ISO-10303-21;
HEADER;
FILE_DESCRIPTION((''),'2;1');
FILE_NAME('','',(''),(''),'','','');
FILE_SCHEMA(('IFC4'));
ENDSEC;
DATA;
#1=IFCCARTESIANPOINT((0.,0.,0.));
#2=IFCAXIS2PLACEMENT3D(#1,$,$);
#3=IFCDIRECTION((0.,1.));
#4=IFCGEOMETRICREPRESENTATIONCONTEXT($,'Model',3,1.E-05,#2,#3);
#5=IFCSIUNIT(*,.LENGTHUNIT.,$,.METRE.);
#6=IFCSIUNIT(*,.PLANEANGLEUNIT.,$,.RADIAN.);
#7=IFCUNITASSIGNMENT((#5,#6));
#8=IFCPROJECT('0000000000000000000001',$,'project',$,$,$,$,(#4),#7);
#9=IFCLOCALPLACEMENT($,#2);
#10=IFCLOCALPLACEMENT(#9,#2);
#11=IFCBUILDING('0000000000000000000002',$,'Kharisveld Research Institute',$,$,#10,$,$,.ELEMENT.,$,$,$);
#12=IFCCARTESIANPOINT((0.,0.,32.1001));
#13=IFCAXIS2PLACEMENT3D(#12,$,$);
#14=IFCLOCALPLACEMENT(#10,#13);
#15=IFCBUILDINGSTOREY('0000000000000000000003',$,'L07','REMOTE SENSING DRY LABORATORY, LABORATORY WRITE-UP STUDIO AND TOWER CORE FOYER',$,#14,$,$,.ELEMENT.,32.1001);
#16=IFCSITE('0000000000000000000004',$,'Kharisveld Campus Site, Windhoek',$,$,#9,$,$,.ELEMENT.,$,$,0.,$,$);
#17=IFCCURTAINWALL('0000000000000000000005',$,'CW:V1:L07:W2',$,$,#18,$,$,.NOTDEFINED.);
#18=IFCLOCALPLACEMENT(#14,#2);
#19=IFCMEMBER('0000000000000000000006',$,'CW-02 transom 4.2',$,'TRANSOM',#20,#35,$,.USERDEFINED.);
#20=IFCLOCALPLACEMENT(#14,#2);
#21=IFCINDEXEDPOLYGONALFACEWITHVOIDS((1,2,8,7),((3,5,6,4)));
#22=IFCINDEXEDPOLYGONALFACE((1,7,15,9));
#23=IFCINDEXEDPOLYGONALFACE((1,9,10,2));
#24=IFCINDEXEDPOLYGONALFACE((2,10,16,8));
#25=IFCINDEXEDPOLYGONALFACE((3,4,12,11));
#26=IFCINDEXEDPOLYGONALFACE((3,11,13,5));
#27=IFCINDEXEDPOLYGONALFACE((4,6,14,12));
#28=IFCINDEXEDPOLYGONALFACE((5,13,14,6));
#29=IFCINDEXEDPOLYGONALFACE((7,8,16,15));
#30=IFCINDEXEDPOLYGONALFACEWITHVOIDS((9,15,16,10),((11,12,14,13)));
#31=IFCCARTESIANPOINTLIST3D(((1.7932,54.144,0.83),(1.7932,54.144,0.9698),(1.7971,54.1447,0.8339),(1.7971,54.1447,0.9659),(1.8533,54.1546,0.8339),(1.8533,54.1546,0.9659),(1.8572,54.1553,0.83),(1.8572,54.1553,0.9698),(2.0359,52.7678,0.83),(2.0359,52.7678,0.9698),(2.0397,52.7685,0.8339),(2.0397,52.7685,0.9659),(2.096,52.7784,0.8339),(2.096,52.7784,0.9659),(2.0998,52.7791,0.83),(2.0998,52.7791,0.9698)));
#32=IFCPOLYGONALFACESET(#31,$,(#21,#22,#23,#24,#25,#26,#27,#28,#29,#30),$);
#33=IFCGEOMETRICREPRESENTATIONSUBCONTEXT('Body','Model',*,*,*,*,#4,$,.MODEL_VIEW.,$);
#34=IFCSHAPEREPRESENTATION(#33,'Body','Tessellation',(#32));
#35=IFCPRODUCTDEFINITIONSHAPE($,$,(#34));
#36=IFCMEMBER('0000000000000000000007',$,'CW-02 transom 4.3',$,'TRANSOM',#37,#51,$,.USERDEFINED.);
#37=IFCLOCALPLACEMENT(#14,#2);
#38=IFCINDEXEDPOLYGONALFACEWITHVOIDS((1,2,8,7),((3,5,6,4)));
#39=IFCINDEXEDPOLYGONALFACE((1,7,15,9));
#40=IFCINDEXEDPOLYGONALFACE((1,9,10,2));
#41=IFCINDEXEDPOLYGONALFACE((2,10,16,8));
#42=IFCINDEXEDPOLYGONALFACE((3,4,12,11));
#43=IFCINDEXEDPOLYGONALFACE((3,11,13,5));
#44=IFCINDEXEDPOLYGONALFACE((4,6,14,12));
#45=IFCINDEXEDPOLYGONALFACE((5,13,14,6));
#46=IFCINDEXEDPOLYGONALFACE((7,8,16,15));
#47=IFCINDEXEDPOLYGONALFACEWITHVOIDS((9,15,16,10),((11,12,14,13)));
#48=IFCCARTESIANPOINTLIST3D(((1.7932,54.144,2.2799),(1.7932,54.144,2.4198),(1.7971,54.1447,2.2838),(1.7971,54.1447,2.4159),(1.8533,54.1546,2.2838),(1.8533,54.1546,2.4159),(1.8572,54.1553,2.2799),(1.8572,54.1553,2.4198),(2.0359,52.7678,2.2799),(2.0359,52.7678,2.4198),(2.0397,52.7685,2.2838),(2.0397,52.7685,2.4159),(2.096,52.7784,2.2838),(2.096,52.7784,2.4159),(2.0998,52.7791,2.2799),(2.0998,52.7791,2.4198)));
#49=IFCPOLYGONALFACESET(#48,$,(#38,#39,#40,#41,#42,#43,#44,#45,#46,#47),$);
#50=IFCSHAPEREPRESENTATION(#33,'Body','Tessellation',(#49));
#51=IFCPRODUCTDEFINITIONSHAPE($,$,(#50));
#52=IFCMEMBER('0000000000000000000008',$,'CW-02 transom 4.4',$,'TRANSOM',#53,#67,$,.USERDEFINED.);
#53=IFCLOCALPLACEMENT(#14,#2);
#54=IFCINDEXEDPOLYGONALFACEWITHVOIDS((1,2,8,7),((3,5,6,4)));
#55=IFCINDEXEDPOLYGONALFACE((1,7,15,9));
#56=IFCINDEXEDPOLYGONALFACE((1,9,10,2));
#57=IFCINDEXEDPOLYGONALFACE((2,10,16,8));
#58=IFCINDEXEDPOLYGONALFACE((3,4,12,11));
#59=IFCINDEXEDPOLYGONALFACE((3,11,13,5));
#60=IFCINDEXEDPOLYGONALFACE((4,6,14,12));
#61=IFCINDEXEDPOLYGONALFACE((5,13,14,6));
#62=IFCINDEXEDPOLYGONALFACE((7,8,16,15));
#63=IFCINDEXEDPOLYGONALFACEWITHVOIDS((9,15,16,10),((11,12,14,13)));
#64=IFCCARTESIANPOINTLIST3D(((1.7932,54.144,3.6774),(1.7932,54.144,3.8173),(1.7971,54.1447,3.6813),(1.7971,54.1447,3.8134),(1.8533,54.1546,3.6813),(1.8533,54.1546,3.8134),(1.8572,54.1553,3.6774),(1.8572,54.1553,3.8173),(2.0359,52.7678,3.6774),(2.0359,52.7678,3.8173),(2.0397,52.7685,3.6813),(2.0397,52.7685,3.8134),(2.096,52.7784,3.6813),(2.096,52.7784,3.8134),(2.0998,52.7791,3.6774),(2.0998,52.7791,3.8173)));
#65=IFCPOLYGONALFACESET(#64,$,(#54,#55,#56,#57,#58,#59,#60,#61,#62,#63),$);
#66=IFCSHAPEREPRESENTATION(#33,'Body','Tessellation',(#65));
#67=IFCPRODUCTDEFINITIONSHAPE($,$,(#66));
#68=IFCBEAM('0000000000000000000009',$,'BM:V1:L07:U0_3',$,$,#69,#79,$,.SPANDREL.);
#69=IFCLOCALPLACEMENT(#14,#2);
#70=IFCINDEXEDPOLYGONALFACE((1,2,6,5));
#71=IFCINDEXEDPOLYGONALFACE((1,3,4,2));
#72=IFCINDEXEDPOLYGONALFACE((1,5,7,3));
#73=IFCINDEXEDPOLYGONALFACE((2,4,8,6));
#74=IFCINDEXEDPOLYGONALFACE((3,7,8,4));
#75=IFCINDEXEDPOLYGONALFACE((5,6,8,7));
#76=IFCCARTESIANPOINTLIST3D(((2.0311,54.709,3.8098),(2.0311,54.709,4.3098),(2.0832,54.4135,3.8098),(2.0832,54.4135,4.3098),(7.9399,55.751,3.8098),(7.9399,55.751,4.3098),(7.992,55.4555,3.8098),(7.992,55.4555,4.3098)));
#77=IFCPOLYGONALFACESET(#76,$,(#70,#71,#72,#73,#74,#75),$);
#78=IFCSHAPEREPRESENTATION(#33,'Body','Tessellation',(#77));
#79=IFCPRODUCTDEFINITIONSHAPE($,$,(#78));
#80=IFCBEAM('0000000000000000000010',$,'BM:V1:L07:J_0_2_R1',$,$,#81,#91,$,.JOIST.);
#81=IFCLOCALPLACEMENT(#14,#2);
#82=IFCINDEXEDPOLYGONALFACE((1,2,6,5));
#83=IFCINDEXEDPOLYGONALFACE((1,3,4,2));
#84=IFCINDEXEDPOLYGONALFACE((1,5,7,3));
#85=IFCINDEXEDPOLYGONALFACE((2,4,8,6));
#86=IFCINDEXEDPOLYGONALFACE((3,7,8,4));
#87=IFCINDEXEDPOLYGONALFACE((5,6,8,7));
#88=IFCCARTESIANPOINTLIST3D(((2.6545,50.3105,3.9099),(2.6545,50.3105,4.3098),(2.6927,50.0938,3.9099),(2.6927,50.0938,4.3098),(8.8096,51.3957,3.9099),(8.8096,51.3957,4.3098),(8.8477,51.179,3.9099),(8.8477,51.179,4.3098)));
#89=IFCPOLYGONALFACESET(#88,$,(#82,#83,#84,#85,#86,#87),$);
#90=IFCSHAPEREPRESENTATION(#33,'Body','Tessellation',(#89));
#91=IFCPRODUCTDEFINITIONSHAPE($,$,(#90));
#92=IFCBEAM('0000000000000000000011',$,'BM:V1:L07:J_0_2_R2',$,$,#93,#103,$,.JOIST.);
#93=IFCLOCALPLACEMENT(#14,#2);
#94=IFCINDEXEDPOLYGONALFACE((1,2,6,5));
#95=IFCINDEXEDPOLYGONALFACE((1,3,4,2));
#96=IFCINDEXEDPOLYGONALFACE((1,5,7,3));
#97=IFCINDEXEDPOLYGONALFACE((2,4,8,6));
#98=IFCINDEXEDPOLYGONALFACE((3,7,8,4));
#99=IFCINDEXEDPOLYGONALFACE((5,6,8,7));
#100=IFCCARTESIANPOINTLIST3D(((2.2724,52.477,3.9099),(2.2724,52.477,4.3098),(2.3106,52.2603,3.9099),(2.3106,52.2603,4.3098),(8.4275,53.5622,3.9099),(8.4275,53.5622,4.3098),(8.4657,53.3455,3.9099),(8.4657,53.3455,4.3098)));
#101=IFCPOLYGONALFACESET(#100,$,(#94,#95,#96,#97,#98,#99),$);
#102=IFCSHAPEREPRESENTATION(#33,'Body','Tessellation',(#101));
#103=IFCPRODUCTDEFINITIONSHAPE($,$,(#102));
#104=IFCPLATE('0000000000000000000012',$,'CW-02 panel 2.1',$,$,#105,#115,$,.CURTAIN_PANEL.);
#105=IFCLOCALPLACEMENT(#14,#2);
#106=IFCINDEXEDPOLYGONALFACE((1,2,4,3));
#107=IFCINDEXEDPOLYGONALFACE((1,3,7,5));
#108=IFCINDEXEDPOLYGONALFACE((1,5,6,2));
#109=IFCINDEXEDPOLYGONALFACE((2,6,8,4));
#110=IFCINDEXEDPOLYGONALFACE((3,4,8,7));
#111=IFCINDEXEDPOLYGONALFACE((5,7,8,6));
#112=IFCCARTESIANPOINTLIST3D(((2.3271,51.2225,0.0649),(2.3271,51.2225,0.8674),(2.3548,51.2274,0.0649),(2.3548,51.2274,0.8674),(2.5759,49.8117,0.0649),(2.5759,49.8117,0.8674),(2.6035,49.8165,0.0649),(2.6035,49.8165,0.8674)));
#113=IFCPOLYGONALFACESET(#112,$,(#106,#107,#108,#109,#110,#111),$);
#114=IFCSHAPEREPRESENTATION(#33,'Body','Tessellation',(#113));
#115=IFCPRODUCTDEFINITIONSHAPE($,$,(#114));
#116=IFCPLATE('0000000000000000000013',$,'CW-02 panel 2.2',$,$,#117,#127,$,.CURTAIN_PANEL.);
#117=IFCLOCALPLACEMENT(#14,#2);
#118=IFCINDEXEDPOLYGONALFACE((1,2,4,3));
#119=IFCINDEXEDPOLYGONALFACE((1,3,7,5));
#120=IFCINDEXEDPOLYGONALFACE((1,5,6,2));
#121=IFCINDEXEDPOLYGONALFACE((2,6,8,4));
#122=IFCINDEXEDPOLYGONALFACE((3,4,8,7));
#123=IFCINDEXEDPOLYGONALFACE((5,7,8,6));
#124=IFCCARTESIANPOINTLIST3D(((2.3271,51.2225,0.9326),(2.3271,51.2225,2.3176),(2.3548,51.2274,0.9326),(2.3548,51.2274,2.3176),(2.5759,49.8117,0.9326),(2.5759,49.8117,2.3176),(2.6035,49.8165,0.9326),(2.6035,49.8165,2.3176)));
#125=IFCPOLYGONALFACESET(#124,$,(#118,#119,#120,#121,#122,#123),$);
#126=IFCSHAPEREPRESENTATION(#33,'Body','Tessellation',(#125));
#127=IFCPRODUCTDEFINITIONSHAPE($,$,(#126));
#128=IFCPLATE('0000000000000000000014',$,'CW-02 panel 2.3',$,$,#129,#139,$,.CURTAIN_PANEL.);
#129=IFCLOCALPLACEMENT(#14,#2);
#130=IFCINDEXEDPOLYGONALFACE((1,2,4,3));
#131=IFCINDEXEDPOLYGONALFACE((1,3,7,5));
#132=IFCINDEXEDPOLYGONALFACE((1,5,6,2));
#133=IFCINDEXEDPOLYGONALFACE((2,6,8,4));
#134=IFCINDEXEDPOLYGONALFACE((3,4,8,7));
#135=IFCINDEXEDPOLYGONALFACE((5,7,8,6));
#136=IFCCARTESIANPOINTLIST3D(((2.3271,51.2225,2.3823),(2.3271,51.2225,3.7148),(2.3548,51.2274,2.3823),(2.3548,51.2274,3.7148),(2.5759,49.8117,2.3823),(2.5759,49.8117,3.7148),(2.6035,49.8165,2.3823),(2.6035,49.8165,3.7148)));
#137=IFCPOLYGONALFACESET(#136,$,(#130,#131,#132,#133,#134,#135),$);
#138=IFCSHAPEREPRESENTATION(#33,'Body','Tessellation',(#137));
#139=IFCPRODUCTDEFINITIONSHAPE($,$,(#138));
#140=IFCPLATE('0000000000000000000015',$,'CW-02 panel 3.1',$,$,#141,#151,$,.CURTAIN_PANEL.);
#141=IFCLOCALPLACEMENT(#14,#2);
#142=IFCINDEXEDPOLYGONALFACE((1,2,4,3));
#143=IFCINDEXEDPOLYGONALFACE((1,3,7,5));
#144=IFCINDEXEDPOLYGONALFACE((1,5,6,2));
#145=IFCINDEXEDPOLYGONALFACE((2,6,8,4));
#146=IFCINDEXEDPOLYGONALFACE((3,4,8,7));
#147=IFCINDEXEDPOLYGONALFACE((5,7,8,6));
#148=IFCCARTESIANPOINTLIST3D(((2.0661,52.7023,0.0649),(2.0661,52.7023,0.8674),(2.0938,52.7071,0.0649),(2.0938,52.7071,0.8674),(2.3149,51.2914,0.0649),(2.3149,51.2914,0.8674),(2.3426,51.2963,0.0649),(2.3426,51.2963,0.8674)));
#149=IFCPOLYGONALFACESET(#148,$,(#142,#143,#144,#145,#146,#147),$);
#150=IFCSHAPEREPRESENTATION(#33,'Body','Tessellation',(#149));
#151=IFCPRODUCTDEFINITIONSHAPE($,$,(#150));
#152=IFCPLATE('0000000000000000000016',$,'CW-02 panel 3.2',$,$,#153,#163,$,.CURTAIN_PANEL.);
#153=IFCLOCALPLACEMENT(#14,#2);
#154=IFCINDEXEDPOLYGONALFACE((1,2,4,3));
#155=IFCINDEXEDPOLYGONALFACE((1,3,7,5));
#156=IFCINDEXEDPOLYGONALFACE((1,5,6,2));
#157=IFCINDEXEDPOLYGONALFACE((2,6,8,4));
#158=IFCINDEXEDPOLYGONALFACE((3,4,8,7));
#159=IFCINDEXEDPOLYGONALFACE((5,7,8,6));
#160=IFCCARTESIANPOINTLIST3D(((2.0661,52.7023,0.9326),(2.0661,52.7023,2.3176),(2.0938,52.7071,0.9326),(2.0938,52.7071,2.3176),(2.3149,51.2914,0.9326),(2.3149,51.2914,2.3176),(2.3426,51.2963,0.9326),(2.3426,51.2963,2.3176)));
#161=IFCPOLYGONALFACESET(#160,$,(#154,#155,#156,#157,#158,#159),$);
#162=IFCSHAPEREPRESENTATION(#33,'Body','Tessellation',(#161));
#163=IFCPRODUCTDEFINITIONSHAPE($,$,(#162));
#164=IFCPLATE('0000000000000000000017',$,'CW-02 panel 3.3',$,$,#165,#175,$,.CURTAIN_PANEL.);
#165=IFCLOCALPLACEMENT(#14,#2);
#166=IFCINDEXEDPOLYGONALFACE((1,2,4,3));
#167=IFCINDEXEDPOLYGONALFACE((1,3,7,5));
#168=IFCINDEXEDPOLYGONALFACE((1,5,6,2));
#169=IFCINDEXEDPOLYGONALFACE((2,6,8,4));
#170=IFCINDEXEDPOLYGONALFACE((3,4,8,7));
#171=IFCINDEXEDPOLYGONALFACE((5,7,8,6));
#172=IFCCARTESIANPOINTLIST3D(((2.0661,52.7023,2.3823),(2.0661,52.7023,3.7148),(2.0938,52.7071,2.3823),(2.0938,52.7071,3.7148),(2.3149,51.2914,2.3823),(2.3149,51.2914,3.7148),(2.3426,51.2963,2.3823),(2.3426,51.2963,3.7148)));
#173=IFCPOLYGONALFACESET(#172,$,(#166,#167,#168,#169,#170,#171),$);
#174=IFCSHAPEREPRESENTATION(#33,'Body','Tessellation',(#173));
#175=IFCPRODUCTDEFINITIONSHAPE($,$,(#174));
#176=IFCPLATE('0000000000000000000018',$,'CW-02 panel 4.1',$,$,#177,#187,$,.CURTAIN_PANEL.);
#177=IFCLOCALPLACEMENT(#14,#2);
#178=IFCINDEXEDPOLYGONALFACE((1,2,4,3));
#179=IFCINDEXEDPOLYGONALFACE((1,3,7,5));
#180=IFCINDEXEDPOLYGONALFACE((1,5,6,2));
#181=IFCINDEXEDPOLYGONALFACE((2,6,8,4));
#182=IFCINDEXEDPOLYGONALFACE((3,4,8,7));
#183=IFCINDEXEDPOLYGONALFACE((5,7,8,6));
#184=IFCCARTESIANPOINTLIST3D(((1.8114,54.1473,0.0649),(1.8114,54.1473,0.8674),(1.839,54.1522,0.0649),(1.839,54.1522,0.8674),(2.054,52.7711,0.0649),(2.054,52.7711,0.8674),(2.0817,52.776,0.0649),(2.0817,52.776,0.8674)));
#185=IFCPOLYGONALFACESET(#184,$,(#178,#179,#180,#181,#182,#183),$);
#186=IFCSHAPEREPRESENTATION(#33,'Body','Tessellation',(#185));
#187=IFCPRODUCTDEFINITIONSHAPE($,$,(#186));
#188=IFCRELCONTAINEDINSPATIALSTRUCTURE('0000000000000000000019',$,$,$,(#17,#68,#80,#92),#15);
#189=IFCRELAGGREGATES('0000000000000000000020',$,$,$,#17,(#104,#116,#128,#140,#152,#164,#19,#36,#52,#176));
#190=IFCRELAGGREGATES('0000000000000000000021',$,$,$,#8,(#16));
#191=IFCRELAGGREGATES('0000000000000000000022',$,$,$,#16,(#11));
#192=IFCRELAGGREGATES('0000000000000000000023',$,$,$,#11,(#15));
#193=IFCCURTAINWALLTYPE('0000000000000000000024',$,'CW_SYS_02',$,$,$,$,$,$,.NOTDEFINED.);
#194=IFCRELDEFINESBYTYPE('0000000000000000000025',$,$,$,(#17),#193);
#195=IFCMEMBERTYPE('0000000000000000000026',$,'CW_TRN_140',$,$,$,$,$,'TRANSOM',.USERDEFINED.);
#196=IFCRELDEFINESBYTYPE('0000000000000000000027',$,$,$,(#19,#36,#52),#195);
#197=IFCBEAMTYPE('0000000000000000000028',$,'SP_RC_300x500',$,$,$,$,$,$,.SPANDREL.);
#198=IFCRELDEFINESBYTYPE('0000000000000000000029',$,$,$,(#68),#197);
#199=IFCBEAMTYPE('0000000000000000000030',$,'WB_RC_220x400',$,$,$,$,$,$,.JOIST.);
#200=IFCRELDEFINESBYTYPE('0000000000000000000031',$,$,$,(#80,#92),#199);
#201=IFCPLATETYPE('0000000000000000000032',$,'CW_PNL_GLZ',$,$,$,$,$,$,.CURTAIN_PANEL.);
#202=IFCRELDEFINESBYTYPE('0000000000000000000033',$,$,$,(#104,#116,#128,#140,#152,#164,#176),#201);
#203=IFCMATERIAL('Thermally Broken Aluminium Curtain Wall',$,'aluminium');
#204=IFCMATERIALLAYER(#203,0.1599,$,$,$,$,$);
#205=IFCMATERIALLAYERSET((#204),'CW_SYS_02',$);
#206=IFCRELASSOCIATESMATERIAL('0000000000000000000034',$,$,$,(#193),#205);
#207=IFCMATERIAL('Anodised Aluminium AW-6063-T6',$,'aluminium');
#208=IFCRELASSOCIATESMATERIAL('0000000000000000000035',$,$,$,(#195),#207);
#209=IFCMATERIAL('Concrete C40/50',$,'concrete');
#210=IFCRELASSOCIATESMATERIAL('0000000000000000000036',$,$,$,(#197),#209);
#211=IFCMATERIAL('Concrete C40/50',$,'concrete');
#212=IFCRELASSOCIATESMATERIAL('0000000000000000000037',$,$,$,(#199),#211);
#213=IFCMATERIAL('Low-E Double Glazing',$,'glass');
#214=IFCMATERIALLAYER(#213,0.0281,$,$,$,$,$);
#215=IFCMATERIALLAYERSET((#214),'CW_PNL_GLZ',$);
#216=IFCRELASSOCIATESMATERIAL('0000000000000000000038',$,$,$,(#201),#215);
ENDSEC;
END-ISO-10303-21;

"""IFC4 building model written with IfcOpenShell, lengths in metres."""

from ifc_helpers import new_model, si_unit, direction, frame, origin, origin_2d, place, context, subcontext, project, spatial, rectangle, hollow_rectangle, extrude, material, layer, layer_set, material_profile, profile_set, type_object, element, aggregate, save


model = new_model("IFC4")

# Units and contexts
model_context = context("Model", 3, precision=1e-05, world=origin(), true_north=direction((0.0, 1.0)))
body_context = subcontext(model_context, "Body", "Model", "MODEL_VIEW")
ifc_project = project(units=[si_unit("LENGTHUNIT", "METRE"), si_unit("PLANEANGLEUNIT", "RADIAN")], contexts=[model_context])

# Site, building, storey
site_placement = place(None, origin())
site = spatial("IfcSite", under=ifc_project, at=site_placement, Name="Kharisveld Campus Site, Windhoek", CompositionType="ELEMENT", RefElevation=0.0)
building_placement = place(site_placement, origin())
building = spatial("IfcBuilding", under=site, at=building_placement, Name="Kharisveld Research Institute", CompositionType="ELEMENT")
storey_placement = place(building_placement, frame((0.0, 0.0, 32.1001)))
storey = spatial("IfcBuildingStorey", under=building, at=storey_placement, Name="L07", Description="REMOTE SENSING DRY LABORATORY, LABORATORY WRITE-UP STUDIO AND TOWER CORE FOYER", CompositionType="ELEMENT", Elevation=32.1001)

# Curtain wall, members
ifc_material_1 = material(Name="Thermally Broken Aluminium Curtain Wall", Category="aluminium")
ifc_layer_1 = layer(ifc_material_1, 0.1599)
ifc_layer_set_1 = layer_set([ifc_layer_1], Name="CW_SYS_02")
curtain_wall_type = type_object("IfcCurtainWallType", Name="CW_SYS_02", PredefinedType="NOTDEFINED", material=ifc_layer_set_1)
curtain_wall_placement = place(storey_placement, origin())
curtain_wall = element("IfcCurtainWall", 1, at=curtain_wall_placement, inside=storey, type_object=curtain_wall_type, Name="CW:V1:L07:W2", PredefinedType="NOTDEFINED")
ifc_material_2 = material(Name="Anodised Aluminium AW-6063-T6", Category="aluminium")
ifc_material_profile_1 = material_profile(ifc_material_2, hollow_rectangle(XDim=0.0649, YDim=0.1399, WallThickness=0.0039, at=origin_2d()))
ifc_profile_set_1 = profile_set([ifc_material_profile_1], Name="Anodised Aluminium AW-6063-T6")
member_type_1 = type_object("IfcMemberType", Name="CW_TRN_140", ElementType="TRANSOM", PredefinedType="USERDEFINED", material=ifc_profile_set_1)
member_1_placement = place(storey_placement, frame((2.0679, 52.7734, 0.8999), z_axis=(-0.173656, 0.984806, 0.0), x_axis=(-0.984806, -0.173656, 0.0)))
member_1 = element("IfcMember", 2, at=member_1_placement, type_object=member_type_1, Name="CW-02 transom 4.2", ObjectType="TRANSOM", PredefinedType="USERDEFINED", context=body_context, shape_type="SweptSolid", body=[
    extrude(hollow_rectangle(XDim=0.0649, YDim=0.1399, WallThickness=0.0039, at=origin_2d()), origin(), (0.0, 0.0, 1.0), 1.3975),
])
member_2_placement = place(storey_placement, frame((2.0679, 52.7734, 2.3499), z_axis=(-0.173656, 0.984806, 0.0), x_axis=(-0.984806, -0.173656, 0.0)))
member_2 = element("IfcMember", 3, at=member_2_placement, type_object=member_type_1, Name="CW-02 transom 4.3", ObjectType="TRANSOM", PredefinedType="USERDEFINED", context=body_context, shape_type="SweptSolid", body=[
    extrude(hollow_rectangle(XDim=0.0649, YDim=0.1399, WallThickness=0.0039, at=origin_2d()), origin(), (0.0, 0.0, 1.0), 1.3975),
])
member_3_placement = place(storey_placement, frame((2.0679, 52.7734, 3.7473), z_axis=(-0.173656, 0.984806, 0.0), x_axis=(-0.984806, -0.173656, 0.0)))
member_3 = element("IfcMember", 4, at=member_3_placement, type_object=member_type_1, Name="CW-02 transom 4.4", ObjectType="TRANSOM", PredefinedType="USERDEFINED", context=body_context, shape_type="SweptSolid", body=[
    extrude(hollow_rectangle(XDim=0.0649, YDim=0.1399, WallThickness=0.0039, at=origin_2d()), origin(), (0.0, 0.0, 1.0), 1.3975),
])

# Beams
ifc_material_3 = material(Name="Concrete C40/50", Category="concrete")
ifc_material_profile_2 = material_profile(ifc_material_3, rectangle(XDim=0.3, YDim=0.5, at=origin_2d()))
ifc_profile_set_2 = profile_set([ifc_material_profile_2], Name="Concrete C40/50")
beam_type_1 = type_object("IfcBeamType", Name="SP_RC_300x500", PredefinedType="SPANDREL", material=ifc_profile_set_2)
beam_placement = place(storey_placement, frame((2.0571, 54.5613, 4.0598), z_axis=(0.984805, 0.173662, 0.0), x_axis=(-0.173662, 0.984805, 0.0)))
element("IfcBeam", 5, at=beam_placement, inside=storey, type_object=beam_type_1, Name="BM:V1:L07:U0_3", PredefinedType="SPANDREL", context=body_context, shape_type="SweptSolid", body=[
    extrude(rectangle(XDim=0.3, YDim=0.5, at=origin_2d()), origin(), (0.0, 0.0, 1.0), 6.0),
])
ifc_material_4 = material(Name="Concrete C40/50", Category="concrete")
ifc_material_profile_3 = material_profile(ifc_material_4, rectangle(XDim=0.22, YDim=0.3999, at=origin_2d()))
ifc_profile_set_3 = profile_set([ifc_material_profile_3], Name="Concrete C40/50")
beam_type_2 = type_object("IfcBeamType", Name="WB_RC_220x400", PredefinedType="JOIST", material=ifc_profile_set_3)
for number, where, z_axis, x_axis, name in (
    (6, (2.6736, 50.2021, 4.1099), (0.98481, 0.173634, 0.0), (-0.173634, 0.98481, 0.0), "BM:V1:L07:J_0_2_R1"),
    (7, (2.2915, 52.3687, 4.1099), (0.98481, 0.173634, 0.0), (-0.173634, 0.98481, 0.0), "BM:V1:L07:J_0_2_R2"),
):
    element("IfcBeam", number, at=place(storey_placement, frame(where, z_axis=z_axis, x_axis=x_axis)), inside=storey, type_object=beam_type_2, Name=name, PredefinedType="JOIST", context=body_context, shape_type="SweptSolid", body=[
        extrude(rectangle(XDim=0.22, YDim=0.3999, at=origin_2d()), origin(), (0.0, 0.0, 1.0), 6.25),
    ])

# Plates
ifc_material_5 = material(Name="Low-E Double Glazing", Category="glass")
ifc_layer_2 = layer(ifc_material_5, 0.0281)
ifc_layer_set_2 = layer_set([ifc_layer_2], Name="CW_PNL_GLZ")
plate_type = type_object("IfcPlateType", Name="CW_PNL_GLZ", PredefinedType="CURTAIN_PANEL", material=ifc_layer_set_2)
plate_1_placement = place(storey_placement, frame((2.4653, 50.5195, 0.0649), z_axis=(0.0, 0.0, 1.0), x_axis=(-0.173648, 0.984808, 0.0)))
plate_1 = element("IfcPlate", 8, at=plate_1_placement, type_object=plate_type, Name="CW-02 panel 2.1", PredefinedType="CURTAIN_PANEL", context=body_context, shape_type="SweptSolid", body=[
    extrude(rectangle(XDim=1.4326, YDim=0.0281, at=origin_2d()), origin(), (0.0, 0.0, 1.0), 0.8025),
])
plate_2_placement = place(storey_placement, frame((2.4653, 50.5195, 0.9326), z_axis=(0.0, 0.0, 1.0), x_axis=(-0.173648, 0.984808, 0.0)))
plate_2 = element("IfcPlate", 9, at=plate_2_placement, type_object=plate_type, Name="CW-02 panel 2.2", PredefinedType="CURTAIN_PANEL", context=body_context, shape_type="SweptSolid", body=[
    extrude(rectangle(XDim=1.4326, YDim=0.0281, at=origin_2d()), origin(), (0.0, 0.0, 1.0), 1.385),
])
plate_3_placement = place(storey_placement, frame((2.4653, 50.5195, 2.3823), z_axis=(0.0, 0.0, 1.0), x_axis=(-0.173648, 0.984808, 0.0)))
plate_3 = element("IfcPlate", 10, at=plate_3_placement, type_object=plate_type, Name="CW-02 panel 2.3", PredefinedType="CURTAIN_PANEL", context=body_context, shape_type="SweptSolid", body=[
    extrude(rectangle(XDim=1.4326, YDim=0.0281, at=origin_2d()), origin(), (0.0, 0.0, 1.0), 1.3325),
])
plate_4_placement = place(storey_placement, frame((2.2043, 51.9993, 0.0649), z_axis=(0.0, 0.0, 1.0), x_axis=(-0.173648, 0.984808, 0.0)))
plate_4 = element("IfcPlate", 11, at=plate_4_placement, type_object=plate_type, Name="CW-02 panel 3.1", PredefinedType="CURTAIN_PANEL", context=body_context, shape_type="SweptSolid", body=[
    extrude(rectangle(XDim=1.4326, YDim=0.0281, at=origin_2d()), origin(), (0.0, 0.0, 1.0), 0.8025),
])
plate_5_placement = place(storey_placement, frame((2.2043, 51.9993, 0.9326), z_axis=(0.0, 0.0, 1.0), x_axis=(-0.173648, 0.984808, 0.0)))
plate_5 = element("IfcPlate", 12, at=plate_5_placement, type_object=plate_type, Name="CW-02 panel 3.2", PredefinedType="CURTAIN_PANEL", context=body_context, shape_type="SweptSolid", body=[
    extrude(rectangle(XDim=1.4326, YDim=0.0281, at=origin_2d()), origin(), (0.0, 0.0, 1.0), 1.385),
])
plate_6_placement = place(storey_placement, frame((2.2043, 51.9993, 2.3823), z_axis=(0.0, 0.0, 1.0), x_axis=(-0.173648, 0.984808, 0.0)))
plate_6 = element("IfcPlate", 13, at=plate_6_placement, type_object=plate_type, Name="CW-02 panel 3.3", PredefinedType="CURTAIN_PANEL", context=body_context, shape_type="SweptSolid", body=[
    extrude(rectangle(XDim=1.4326, YDim=0.0281, at=origin_2d()), origin(), (0.0, 0.0, 1.0), 1.3325),
])
plate_7_placement = place(storey_placement, frame((1.9465, 53.4617, 0.0649), z_axis=(0.0, 0.0, 1.0), x_axis=(-0.173648, 0.984808, 0.0)))
plate_7 = element("IfcPlate", 14, at=plate_7_placement, type_object=plate_type, Name="CW-02 panel 4.1", PredefinedType="CURTAIN_PANEL", context=body_context, shape_type="SweptSolid", body=[
    extrude(rectangle(XDim=1.3975, YDim=0.0281, at=origin_2d()), origin(), (0.0, 0.0, 1.0), 0.8025),
])
aggregate(curtain_wall, [plate_1, plate_2, plate_3, plate_4, plate_5, plate_6, member_1, member_2, member_3, plate_7])

save(model, "model.ifc")
